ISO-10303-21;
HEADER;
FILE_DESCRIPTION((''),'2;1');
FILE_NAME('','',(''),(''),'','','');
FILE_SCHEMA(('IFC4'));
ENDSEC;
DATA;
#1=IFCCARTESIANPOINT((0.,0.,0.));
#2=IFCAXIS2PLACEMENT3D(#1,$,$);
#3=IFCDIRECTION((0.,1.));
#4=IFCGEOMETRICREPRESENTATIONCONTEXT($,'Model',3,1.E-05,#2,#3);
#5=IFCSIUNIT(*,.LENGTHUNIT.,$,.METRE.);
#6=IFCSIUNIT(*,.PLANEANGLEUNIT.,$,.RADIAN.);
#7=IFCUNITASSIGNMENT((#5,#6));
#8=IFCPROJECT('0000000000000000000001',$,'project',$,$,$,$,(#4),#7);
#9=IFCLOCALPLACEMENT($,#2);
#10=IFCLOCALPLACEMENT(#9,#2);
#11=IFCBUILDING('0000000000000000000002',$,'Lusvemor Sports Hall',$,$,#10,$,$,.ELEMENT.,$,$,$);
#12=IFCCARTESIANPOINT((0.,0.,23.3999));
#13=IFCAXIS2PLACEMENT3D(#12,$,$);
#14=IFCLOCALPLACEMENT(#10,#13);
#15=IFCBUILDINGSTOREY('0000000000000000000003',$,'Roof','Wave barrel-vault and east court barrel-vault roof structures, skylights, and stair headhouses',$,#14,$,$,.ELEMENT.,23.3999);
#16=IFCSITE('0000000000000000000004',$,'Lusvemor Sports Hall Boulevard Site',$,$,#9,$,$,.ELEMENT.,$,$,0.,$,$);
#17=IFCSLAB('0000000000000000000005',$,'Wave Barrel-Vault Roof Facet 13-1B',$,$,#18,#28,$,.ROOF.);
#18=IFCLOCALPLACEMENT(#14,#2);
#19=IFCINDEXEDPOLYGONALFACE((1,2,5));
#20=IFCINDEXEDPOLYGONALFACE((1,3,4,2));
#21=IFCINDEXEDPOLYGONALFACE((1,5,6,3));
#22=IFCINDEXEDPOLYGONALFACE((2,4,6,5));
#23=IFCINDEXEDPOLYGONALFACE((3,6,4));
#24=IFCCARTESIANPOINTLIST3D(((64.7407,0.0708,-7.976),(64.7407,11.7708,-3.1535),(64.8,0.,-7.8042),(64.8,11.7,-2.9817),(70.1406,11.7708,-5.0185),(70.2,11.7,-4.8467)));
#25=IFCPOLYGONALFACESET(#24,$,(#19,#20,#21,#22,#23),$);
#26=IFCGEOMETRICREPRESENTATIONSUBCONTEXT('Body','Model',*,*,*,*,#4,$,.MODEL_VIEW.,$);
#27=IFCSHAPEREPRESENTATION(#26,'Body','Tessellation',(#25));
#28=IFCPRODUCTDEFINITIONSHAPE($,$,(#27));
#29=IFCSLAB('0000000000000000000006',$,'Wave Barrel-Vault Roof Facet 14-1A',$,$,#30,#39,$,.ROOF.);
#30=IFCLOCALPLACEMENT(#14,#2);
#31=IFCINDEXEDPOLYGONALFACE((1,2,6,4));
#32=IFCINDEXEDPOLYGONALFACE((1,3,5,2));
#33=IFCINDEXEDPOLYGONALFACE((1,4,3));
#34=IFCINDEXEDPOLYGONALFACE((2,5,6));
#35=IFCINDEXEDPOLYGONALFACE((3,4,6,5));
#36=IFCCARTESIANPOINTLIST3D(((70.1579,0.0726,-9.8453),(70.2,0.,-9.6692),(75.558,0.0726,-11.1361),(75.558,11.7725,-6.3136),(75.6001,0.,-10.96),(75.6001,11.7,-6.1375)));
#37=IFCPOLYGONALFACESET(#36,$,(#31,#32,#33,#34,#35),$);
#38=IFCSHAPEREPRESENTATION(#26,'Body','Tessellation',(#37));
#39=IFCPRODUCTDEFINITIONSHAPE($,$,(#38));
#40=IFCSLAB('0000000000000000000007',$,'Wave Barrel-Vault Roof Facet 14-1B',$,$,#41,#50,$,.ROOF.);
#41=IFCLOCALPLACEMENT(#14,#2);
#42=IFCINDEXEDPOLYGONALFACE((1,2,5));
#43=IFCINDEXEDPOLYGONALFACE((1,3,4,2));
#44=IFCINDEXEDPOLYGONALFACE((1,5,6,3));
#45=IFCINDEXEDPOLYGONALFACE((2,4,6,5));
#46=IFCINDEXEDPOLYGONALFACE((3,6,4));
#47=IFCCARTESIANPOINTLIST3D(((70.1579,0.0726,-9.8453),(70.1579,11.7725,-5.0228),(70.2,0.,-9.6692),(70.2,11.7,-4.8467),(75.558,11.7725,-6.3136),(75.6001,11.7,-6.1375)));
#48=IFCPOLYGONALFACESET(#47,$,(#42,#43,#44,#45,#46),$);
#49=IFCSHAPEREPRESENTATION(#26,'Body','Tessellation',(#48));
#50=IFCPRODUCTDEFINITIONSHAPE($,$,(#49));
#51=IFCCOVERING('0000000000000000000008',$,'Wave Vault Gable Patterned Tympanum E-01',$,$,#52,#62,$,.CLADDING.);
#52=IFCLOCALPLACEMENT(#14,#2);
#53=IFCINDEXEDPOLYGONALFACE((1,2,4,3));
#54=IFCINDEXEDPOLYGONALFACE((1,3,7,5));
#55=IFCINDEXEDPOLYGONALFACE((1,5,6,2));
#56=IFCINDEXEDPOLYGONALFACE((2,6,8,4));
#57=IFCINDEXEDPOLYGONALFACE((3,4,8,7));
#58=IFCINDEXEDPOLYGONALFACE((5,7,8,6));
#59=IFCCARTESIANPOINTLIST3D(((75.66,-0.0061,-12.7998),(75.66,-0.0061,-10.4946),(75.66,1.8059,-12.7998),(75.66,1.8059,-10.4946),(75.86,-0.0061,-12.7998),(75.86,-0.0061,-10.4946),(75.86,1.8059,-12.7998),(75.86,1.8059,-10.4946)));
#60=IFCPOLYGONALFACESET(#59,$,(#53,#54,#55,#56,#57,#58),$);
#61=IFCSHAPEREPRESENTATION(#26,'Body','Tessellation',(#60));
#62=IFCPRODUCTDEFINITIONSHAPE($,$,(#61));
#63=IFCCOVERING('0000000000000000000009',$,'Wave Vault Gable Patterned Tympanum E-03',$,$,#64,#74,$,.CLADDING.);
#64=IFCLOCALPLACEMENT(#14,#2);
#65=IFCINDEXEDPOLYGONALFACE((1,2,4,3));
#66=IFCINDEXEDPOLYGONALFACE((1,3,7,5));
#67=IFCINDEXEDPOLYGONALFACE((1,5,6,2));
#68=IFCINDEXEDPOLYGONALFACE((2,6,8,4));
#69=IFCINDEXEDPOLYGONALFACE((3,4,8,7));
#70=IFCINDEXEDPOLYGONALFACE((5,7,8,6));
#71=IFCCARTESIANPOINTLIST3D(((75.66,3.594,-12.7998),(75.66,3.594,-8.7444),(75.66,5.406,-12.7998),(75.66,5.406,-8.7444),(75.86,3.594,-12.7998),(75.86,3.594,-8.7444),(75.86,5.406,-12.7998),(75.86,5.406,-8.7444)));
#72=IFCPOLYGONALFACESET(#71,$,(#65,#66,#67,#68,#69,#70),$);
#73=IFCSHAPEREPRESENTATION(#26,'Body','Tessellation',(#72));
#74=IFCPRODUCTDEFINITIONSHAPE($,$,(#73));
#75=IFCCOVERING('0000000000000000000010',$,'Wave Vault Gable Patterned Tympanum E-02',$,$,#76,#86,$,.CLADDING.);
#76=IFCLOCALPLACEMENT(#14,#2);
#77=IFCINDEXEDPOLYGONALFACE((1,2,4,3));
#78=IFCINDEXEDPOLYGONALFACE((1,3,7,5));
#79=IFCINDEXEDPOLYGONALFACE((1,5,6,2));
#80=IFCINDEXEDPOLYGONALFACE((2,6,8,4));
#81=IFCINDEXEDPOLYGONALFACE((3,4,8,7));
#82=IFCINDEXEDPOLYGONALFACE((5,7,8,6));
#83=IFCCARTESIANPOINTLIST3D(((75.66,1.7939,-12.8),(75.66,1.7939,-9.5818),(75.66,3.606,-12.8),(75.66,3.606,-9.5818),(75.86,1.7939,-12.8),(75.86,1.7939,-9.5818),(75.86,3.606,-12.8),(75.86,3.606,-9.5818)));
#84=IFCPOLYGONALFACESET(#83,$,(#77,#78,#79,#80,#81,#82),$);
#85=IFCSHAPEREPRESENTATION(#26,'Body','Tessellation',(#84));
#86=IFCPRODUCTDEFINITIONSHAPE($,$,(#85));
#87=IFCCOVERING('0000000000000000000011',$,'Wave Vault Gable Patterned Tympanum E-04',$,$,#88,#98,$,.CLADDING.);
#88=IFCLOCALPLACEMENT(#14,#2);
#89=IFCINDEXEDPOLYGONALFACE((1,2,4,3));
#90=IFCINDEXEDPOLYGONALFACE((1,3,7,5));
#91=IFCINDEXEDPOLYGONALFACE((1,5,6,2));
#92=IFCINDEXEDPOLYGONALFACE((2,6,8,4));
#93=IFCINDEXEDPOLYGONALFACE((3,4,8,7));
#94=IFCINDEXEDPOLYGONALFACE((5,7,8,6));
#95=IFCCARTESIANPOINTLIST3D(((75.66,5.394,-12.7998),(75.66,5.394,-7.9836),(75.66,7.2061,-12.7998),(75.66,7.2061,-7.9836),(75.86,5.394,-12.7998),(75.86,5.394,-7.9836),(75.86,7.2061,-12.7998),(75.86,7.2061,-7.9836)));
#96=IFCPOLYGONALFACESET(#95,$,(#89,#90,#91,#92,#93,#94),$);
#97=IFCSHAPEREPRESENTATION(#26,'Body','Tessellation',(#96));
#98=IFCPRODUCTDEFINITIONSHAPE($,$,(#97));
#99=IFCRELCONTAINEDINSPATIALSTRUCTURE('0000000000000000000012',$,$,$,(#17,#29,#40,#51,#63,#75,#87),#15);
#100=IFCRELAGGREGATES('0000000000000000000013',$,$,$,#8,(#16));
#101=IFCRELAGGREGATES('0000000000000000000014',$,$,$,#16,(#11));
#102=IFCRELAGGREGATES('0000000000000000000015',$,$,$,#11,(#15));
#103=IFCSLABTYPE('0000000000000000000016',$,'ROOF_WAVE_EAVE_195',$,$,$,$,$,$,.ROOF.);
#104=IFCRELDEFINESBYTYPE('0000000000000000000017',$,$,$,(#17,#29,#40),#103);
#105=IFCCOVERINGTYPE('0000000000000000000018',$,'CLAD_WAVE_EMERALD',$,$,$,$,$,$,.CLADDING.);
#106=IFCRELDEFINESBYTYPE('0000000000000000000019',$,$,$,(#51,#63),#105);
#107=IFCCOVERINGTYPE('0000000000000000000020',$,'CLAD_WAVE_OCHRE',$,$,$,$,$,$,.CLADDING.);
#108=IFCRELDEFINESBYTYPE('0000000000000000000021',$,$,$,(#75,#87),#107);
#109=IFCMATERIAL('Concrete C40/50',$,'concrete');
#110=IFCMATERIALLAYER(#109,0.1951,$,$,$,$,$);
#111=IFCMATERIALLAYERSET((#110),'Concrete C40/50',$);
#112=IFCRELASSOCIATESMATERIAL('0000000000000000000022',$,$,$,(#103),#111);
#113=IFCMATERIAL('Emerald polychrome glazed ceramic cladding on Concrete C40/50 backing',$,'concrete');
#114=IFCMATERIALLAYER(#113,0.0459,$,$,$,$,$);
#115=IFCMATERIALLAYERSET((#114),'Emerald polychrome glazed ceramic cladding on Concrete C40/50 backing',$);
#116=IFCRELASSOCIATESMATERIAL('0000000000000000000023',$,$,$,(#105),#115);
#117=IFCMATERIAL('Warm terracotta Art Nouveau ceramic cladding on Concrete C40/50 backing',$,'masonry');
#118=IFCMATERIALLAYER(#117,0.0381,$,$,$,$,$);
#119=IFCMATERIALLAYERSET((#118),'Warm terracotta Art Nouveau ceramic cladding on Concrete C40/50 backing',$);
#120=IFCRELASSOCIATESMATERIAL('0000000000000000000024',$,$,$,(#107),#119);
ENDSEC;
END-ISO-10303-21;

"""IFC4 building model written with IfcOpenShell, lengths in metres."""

from ifc_helpers import new_model, si_unit, direction, frame, origin, origin_2d, place, context, subcontext, project, spatial, polyline, rectangle, outline, extrude, material, layer, layer_set, type_object, element, save


model = new_model("IFC4")

# Units and contexts
model_context = context("Model", 3, precision=1e-05, world=origin(), true_north=direction((0.0, 1.0)))
body_context = subcontext(model_context, "Body", "Model", "MODEL_VIEW")
ifc_project = project(units=[si_unit("LENGTHUNIT", "METRE"), si_unit("PLANEANGLEUNIT", "RADIAN")], contexts=[model_context])

# Site, building, storey
site_placement = place(None, origin())
site = spatial("IfcSite", under=ifc_project, at=site_placement, Name="Lusvemor Sports Hall Boulevard Site", CompositionType="ELEMENT", RefElevation=0.0)
building_placement = place(site_placement, origin())
building = spatial("IfcBuilding", under=site, at=building_placement, Name="Lusvemor Sports Hall", CompositionType="ELEMENT")
storey_placement = place(building_placement, frame((0.0, 0.0, 23.3999)))
storey = spatial("IfcBuildingStorey", under=building, at=storey_placement, Name="Roof", Description="Wave barrel-vault and east court barrel-vault roof structures, skylights, and stair headhouses", CompositionType="ELEMENT", Elevation=23.3999)

# Slabs
ifc_material_1 = material(Name="Concrete C40/50", Category="concrete")
ifc_layer_1 = layer(ifc_material_1, 0.1951)
ifc_layer_set_1 = layer_set([ifc_layer_1], Name="Concrete C40/50")
slab_type = type_object("IfcSlabType", Name="ROOF_WAVE_EAVE_195", PredefinedType="ROOF", material=ifc_layer_set_1)
slab_1_placement = place(storey_placement, frame((64.8, 0.0, -7.8042), z_axis=(0.304183, -0.363022, 0.880732), x_axis=(0.408434, 0.884952, 0.223699)))
element("IfcSlab", 1, at=slab_1_placement, inside=storey, type_object=slab_type, Name="Wave Barrel-Vault Roof Facet 13-1B", PredefinedType="ROOF", context=body_context, shape_type="SweptSolid", body=[
    extrude(outline(polyline([(0.0, 0.0), (13.221, 0.0), (11.4327, 5.4258), (0.0, 0.0)])), origin(), (0.0, 0.0, -1.0), 0.1951),
])
slab_2_placement = place(storey_placement, frame((70.2, 0.0, -9.6692), z_axis=(0.215783, -0.372102, 0.902761), x_axis=(0.972602, 0.0, -0.232476)))
element("IfcSlab", 2, at=slab_2_placement, inside=storey, type_object=slab_type, Name="Wave Barrel-Vault Roof Facet 14-1A", PredefinedType="ROOF", context=body_context, shape_type="SweptSolid", body=[
    extrude(outline(polyline([(0.0, 0.0), (5.5523, 0.0), (4.4311, 12.6051), (0.0, 0.0)])), origin(), (0.0, 0.0, -1.0), 0.1951),
])
slab_3_placement = place(storey_placement, frame((70.2, 0.0, -9.6692), z_axis=(0.215783, -0.372102, 0.902761), x_axis=(0.404164, 0.875661, 0.264326)))
element("IfcSlab", 3, at=slab_3_placement, inside=storey, type_object=slab_type, Name="Wave Barrel-Vault Roof Facet 14-1B", PredefinedType="ROOF", context=body_context, shape_type="SweptSolid", body=[
    extrude(outline(polyline([(0.0, 0.0), (13.3613, 0.0), (11.5199, 5.238), (0.0, 0.0)])), origin(), (0.0, 0.0, -1.0), 0.1951),
])

# Coverings
ifc_material_2 = material(Name="Emerald polychrome glazed ceramic cladding on Concrete C40/50 backing", Category="concrete")
ifc_layer_2 = layer(ifc_material_2, 0.0459)
ifc_layer_set_2 = layer_set([ifc_layer_2], Name="Emerald polychrome glazed ceramic cladding on Concrete C40/50 backing")
covering_type_1 = type_object("IfcCoveringType", Name="CLAD_WAVE_EMERALD", PredefinedType="CLADDING", material=ifc_layer_set_2)
covering_1_placement = place(storey_placement, frame((75.76, 0.8999, -12.7998), z_axis=(0.0, 0.0, 1.0), x_axis=(1.0, 0.0, 0.0)))
element("IfcCovering", 4, at=covering_1_placement, inside=storey, type_object=covering_type_1, Name="Wave Vault Gable Patterned Tympanum E-01", PredefinedType="CLADDING", context=body_context, shape_type="SweptSolid", body=[
    extrude(rectangle(XDim=0.2, YDim=1.812, at=origin_2d()), origin(), (0.0, 0.0, 1.0), 2.3052),
])
covering_2_placement = place(storey_placement, frame((75.76, 4.5, -12.7998), z_axis=(0.0, 0.0, 1.0), x_axis=(1.0, 0.0, 0.0)))
element("IfcCovering", 5, at=covering_2_placement, inside=storey, type_object=covering_type_1, Name="Wave Vault Gable Patterned Tympanum E-03", PredefinedType="CLADDING", context=body_context, shape_type="SweptSolid", body=[
    extrude(rectangle(XDim=0.2, YDim=1.812, at=origin_2d()), origin(), (0.0, 0.0, 1.0), 4.0554),
])
ifc_material_3 = material(Name="Warm terracotta Art Nouveau ceramic cladding on Concrete C40/50 backing", Category="masonry")
ifc_layer_3 = layer(ifc_material_3, 0.0381)
ifc_layer_set_3 = layer_set([ifc_layer_3], Name="Warm terracotta Art Nouveau ceramic cladding on Concrete C40/50 backing")
covering_type_2 = type_object("IfcCoveringType", Name="CLAD_WAVE_OCHRE", PredefinedType="CLADDING", material=ifc_layer_set_3)
covering_3_placement = place(storey_placement, frame((75.76, 2.7, -12.8), z_axis=(0.0, 0.0, 1.0), x_axis=(1.0, 0.0, 0.0)))
element("IfcCovering", 6, at=covering_3_placement, inside=storey, type_object=covering_type_2, Name="Wave Vault Gable Patterned Tympanum E-02", PredefinedType="CLADDING", context=body_context, shape_type="SweptSolid", body=[
    extrude(rectangle(XDim=0.2, YDim=1.812, at=origin_2d()), origin(), (0.0, 0.0, 1.0), 3.2183),
])
covering_4_placement = place(storey_placement, frame((75.76, 6.3, -12.7998), z_axis=(0.0, 0.0, 1.0), x_axis=(1.0, 0.0, 0.0)))
element("IfcCovering", 7, at=covering_4_placement, inside=storey, type_object=covering_type_2, Name="Wave Vault Gable Patterned Tympanum E-04", PredefinedType="CLADDING", context=body_context, shape_type="SweptSolid", body=[
    extrude(rectangle(XDim=0.2, YDim=1.812, at=origin_2d()), origin(), (0.0, 0.0, 1.0), 4.8162),
])

save(model, "model.ifc")
